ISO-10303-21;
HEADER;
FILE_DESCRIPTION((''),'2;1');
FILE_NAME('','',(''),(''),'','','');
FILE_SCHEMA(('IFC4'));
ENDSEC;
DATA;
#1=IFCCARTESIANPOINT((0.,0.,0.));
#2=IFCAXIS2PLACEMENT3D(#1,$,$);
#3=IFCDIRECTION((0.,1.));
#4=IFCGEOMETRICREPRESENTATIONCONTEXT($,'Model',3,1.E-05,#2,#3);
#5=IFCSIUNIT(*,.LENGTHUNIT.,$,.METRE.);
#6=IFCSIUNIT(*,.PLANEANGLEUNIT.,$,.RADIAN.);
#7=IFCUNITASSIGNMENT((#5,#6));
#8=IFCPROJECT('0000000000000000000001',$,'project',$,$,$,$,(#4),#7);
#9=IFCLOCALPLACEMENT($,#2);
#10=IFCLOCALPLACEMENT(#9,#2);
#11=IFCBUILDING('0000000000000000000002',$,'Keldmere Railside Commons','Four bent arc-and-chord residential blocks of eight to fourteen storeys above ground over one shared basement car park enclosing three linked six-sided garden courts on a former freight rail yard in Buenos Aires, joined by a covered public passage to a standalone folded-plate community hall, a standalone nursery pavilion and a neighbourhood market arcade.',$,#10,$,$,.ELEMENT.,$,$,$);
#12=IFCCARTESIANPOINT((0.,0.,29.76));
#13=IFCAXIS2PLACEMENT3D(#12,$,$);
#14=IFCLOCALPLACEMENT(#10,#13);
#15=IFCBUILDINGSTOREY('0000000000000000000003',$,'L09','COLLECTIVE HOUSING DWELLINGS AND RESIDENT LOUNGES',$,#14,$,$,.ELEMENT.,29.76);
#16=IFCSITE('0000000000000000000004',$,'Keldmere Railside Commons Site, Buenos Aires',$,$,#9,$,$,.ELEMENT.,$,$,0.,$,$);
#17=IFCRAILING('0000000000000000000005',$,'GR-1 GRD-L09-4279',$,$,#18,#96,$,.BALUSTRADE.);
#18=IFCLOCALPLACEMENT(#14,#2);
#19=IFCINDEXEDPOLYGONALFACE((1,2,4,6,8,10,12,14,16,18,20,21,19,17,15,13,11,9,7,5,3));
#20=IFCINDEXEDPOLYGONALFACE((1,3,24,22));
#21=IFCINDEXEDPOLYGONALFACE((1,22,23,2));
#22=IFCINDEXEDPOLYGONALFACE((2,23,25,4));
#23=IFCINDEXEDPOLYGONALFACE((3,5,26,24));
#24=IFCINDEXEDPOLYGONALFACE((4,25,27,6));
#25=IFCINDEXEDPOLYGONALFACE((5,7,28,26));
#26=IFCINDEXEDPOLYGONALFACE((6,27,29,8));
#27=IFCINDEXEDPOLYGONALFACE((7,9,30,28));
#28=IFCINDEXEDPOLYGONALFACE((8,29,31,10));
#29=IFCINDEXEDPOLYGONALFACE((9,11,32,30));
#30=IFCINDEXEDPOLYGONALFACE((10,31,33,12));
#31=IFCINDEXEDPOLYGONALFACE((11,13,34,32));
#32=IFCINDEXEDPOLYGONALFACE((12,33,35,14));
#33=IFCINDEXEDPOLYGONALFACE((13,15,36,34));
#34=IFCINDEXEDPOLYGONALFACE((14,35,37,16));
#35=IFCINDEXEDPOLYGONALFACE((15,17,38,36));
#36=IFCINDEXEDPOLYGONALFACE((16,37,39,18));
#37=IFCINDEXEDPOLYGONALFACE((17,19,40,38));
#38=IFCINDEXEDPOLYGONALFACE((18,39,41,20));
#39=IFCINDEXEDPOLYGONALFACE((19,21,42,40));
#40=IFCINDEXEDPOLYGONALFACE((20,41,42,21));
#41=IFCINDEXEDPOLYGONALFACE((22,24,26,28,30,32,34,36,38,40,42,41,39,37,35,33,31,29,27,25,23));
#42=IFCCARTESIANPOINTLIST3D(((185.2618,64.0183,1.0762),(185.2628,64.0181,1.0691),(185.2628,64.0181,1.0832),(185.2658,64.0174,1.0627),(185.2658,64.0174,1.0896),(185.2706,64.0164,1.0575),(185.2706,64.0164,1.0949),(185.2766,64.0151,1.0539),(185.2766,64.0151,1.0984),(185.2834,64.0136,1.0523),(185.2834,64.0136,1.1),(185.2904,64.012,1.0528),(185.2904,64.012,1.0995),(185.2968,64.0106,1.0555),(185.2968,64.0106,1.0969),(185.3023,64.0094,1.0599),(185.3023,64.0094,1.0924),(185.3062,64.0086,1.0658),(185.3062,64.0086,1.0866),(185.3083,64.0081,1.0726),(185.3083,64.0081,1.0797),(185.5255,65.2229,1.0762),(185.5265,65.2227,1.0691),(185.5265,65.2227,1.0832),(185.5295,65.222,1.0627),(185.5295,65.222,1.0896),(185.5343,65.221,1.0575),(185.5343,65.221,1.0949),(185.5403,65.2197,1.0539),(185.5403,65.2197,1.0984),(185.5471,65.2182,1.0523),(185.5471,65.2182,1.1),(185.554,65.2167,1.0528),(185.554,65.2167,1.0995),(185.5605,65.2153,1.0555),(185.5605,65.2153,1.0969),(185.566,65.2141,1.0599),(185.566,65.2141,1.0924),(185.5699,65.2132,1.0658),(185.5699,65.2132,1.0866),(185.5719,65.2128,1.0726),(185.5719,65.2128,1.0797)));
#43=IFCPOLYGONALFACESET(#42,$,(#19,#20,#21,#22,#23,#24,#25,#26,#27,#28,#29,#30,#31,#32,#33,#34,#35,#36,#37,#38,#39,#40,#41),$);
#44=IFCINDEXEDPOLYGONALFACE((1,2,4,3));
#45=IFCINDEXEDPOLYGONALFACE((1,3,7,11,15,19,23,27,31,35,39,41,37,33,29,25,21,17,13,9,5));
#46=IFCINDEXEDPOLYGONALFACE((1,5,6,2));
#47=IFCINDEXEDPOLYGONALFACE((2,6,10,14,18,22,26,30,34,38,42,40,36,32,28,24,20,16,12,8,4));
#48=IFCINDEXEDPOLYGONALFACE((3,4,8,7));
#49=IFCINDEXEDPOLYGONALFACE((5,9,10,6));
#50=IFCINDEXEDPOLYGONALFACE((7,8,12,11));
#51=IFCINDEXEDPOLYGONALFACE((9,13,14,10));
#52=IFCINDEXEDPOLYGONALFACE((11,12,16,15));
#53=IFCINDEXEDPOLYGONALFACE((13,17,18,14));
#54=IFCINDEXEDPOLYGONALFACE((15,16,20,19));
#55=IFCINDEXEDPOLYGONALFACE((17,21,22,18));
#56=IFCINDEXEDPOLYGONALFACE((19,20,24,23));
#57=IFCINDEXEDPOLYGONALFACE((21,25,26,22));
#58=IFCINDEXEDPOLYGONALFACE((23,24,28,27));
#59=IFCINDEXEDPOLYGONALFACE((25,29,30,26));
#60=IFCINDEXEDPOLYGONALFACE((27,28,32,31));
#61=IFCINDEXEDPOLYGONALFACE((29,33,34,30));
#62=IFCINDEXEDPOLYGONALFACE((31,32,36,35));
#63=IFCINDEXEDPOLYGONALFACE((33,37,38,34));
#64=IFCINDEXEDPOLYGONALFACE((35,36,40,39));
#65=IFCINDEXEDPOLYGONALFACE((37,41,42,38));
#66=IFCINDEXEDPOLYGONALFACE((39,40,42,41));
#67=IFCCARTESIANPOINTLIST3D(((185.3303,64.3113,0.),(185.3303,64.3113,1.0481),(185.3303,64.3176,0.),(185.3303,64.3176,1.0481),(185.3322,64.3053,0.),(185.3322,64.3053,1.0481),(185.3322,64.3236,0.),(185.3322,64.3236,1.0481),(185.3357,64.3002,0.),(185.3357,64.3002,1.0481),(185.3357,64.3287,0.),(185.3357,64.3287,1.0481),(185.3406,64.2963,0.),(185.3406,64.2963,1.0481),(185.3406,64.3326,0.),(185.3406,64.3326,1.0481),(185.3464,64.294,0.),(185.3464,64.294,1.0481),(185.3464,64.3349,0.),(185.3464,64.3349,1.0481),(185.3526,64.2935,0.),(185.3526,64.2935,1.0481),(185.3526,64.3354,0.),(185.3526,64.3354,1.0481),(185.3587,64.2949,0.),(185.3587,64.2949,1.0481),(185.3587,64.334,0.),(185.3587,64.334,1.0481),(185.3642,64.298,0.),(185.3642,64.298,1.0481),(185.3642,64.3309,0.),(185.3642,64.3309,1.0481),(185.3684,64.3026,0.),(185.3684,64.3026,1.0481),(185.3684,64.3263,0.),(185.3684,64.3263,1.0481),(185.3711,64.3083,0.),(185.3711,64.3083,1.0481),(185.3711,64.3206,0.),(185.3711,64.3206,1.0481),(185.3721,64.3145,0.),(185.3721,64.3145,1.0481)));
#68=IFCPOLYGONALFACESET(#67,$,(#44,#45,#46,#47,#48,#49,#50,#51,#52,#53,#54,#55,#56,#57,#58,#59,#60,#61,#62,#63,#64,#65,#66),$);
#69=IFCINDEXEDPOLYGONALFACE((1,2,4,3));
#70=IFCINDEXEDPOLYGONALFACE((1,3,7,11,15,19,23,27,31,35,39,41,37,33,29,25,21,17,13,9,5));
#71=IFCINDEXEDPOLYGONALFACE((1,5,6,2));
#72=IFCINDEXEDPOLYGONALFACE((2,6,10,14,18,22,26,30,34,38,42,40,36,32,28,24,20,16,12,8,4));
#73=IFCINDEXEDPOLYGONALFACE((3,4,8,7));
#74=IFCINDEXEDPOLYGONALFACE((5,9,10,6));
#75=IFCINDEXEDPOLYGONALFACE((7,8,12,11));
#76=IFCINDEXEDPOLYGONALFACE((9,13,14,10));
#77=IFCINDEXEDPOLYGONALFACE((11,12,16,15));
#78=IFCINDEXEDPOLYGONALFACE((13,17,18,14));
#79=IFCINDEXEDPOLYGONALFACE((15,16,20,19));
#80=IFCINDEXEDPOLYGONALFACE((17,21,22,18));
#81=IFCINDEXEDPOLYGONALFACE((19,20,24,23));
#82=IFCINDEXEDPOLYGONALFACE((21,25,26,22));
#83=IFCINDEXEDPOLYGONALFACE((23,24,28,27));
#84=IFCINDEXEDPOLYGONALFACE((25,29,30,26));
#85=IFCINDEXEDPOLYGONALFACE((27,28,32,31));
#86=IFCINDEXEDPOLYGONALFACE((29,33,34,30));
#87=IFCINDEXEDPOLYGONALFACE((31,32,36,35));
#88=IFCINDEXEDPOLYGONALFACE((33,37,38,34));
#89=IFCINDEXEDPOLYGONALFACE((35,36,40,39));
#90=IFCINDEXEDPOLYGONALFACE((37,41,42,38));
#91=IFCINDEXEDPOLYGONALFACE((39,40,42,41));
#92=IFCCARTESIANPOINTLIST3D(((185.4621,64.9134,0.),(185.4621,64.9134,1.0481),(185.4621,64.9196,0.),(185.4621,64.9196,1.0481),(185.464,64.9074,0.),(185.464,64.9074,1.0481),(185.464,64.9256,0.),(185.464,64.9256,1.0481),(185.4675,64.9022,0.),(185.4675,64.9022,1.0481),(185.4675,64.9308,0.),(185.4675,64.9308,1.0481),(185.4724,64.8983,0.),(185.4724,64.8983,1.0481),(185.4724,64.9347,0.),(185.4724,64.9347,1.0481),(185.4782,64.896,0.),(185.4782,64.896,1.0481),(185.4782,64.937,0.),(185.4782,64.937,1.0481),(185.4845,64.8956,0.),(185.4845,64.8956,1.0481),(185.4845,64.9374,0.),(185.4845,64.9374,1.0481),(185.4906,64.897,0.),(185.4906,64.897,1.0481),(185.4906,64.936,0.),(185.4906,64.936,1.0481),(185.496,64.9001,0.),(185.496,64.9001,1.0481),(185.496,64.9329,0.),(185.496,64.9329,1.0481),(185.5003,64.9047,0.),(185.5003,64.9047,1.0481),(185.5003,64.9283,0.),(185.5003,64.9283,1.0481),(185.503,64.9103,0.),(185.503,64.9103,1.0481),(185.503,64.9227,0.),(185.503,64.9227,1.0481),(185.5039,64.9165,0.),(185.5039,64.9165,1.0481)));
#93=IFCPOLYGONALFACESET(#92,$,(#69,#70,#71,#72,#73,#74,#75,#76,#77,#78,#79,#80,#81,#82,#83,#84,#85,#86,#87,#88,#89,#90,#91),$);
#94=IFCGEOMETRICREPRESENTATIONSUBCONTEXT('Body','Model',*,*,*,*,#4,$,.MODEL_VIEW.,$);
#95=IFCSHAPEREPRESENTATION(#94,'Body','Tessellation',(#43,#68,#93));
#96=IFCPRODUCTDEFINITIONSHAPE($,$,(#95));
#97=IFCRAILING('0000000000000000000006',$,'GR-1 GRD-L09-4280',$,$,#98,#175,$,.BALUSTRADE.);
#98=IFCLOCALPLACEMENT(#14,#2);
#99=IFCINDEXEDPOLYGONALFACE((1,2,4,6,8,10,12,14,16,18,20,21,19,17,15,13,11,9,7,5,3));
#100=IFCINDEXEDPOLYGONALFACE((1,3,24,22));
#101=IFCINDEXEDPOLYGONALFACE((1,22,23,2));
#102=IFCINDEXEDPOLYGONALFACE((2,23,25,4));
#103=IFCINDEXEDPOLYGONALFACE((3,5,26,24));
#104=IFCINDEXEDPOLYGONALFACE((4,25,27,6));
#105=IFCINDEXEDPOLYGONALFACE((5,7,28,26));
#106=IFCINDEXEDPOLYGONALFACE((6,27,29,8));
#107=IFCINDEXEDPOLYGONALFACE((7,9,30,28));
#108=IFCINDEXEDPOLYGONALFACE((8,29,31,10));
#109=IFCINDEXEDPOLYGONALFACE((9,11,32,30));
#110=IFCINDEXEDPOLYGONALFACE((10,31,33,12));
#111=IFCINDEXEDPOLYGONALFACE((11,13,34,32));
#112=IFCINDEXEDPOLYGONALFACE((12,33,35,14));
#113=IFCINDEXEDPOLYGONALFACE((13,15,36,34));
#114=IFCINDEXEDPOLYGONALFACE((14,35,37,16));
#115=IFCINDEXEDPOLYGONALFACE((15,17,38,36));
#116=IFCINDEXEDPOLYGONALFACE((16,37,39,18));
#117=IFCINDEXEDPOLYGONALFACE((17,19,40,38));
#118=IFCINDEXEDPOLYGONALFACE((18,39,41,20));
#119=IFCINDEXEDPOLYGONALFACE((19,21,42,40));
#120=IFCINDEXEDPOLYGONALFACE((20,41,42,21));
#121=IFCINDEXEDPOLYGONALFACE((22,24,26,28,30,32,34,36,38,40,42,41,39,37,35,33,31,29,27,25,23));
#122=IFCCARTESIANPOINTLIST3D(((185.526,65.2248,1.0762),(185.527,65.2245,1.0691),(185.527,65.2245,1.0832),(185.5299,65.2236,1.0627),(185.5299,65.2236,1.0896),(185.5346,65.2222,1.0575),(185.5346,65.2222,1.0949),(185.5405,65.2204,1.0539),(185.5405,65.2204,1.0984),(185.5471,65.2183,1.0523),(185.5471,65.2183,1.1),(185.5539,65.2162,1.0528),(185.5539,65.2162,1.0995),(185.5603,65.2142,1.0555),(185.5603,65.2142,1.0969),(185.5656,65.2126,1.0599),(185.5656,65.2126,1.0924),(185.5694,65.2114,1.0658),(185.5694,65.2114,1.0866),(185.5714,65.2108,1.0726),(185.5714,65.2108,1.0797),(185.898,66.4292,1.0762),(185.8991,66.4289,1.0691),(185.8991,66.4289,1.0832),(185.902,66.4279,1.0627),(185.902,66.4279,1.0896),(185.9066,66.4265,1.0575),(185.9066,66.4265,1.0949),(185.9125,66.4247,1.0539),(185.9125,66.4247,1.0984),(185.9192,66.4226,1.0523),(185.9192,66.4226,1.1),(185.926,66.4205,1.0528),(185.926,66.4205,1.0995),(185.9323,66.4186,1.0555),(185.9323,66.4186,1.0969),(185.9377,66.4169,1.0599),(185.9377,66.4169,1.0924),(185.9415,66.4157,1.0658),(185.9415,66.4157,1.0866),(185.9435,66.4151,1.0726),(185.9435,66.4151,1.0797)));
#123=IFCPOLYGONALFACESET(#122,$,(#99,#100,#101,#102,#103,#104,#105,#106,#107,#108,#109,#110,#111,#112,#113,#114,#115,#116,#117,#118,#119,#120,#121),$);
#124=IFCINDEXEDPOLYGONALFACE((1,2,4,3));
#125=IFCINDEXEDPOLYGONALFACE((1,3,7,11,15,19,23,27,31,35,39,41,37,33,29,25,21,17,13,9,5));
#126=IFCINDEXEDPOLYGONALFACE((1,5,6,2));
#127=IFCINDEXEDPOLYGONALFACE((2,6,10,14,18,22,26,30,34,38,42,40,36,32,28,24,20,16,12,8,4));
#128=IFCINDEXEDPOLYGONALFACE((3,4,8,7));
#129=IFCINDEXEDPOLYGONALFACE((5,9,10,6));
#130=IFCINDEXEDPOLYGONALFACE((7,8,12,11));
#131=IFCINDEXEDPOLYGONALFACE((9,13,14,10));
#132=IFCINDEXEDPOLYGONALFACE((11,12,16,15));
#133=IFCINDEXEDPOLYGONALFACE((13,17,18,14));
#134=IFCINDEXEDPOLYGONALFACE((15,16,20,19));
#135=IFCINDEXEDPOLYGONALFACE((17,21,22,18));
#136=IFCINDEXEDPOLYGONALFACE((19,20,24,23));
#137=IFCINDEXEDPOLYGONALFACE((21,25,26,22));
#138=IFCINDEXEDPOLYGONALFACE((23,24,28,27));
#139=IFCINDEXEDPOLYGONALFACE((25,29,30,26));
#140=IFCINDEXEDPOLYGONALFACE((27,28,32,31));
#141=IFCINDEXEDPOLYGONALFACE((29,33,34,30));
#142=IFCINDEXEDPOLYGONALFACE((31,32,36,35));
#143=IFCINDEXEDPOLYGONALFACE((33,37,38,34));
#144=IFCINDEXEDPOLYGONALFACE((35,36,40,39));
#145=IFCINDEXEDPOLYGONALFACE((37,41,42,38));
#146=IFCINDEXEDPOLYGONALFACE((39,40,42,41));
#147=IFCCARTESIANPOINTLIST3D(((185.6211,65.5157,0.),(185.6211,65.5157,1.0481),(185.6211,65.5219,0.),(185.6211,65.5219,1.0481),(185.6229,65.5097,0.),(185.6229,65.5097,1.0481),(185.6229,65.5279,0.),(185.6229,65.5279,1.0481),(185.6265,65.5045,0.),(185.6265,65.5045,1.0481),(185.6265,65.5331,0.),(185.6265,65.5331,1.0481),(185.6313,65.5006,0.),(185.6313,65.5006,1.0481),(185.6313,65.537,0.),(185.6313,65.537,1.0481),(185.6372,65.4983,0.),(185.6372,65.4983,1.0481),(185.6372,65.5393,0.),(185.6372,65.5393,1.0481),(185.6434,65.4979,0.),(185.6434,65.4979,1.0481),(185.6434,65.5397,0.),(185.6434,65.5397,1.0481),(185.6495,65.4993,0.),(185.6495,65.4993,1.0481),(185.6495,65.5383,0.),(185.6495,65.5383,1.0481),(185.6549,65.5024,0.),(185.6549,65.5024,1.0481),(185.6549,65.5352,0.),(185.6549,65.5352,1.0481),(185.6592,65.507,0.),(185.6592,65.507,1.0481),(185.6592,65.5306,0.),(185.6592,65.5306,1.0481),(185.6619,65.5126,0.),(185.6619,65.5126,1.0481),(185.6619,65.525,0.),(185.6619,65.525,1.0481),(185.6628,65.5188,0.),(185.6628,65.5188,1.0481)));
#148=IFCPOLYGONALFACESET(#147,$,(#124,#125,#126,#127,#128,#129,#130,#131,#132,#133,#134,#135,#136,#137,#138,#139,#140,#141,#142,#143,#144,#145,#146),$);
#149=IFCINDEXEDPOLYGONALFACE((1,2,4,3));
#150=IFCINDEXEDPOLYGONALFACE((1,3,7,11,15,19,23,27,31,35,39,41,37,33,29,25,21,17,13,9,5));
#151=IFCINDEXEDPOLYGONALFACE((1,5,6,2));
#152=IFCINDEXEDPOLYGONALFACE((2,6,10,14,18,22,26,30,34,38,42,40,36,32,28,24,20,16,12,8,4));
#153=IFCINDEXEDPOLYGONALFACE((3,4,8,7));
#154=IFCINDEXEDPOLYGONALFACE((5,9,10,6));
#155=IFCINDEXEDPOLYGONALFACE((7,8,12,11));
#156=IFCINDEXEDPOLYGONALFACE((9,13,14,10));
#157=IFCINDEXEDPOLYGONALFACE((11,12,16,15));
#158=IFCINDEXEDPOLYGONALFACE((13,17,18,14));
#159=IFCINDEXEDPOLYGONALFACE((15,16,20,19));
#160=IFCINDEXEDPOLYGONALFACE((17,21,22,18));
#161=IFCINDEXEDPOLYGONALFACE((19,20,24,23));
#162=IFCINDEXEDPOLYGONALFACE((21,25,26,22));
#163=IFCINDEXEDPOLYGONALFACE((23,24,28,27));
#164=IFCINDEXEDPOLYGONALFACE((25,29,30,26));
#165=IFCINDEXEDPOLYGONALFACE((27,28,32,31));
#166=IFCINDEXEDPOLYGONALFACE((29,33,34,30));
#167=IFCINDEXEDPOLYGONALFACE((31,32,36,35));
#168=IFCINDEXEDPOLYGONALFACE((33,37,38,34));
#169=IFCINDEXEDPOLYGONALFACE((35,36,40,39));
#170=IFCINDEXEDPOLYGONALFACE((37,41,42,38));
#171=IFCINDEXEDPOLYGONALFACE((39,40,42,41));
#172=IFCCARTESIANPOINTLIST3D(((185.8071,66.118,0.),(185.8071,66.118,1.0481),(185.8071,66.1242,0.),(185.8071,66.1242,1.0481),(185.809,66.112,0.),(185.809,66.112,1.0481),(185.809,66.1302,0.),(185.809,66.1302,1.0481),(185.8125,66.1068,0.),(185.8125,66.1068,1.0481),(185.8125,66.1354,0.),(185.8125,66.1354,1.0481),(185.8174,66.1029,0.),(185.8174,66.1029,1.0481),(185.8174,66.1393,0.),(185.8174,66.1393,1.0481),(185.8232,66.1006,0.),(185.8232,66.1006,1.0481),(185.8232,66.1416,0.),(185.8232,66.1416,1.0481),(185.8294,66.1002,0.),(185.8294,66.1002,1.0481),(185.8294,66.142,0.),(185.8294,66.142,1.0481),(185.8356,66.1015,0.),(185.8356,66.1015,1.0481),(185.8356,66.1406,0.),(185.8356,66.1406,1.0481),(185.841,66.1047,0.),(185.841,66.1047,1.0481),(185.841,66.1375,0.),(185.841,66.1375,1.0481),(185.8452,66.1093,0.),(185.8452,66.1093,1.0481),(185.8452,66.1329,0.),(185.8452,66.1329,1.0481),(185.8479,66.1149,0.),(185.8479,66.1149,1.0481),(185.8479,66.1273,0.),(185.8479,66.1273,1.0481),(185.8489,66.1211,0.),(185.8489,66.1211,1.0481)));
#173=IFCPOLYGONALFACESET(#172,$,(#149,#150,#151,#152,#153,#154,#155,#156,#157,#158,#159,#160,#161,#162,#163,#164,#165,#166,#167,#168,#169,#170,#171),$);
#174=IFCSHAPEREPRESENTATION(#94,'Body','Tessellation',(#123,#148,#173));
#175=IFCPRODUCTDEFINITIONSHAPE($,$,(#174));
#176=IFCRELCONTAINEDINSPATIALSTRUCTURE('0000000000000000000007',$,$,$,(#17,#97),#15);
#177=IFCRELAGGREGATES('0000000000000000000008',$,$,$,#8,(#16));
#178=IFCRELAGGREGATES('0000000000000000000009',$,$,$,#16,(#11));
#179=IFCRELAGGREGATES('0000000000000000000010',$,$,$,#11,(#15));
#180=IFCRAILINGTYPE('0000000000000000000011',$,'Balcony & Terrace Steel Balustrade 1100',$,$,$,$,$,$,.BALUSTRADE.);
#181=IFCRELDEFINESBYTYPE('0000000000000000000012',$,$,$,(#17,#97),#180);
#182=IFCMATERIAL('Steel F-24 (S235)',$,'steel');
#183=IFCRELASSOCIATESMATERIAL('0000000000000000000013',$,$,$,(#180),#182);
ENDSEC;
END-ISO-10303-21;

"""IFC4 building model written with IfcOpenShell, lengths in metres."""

from ifc_helpers import new_model, si_unit, direction, frame, origin, origin_2d, place, context, subcontext, project, spatial, circle, extrude, material, type_object, element, save


model = new_model("IFC4")

# Units and contexts
model_context = context("Model", 3, precision=1e-05, world=origin(), true_north=direction((0.0, 1.0)))
body_context = subcontext(model_context, "Body", "Model", "MODEL_VIEW")
ifc_project = project(units=[si_unit("LENGTHUNIT", "METRE"), si_unit("PLANEANGLEUNIT", "RADIAN")], contexts=[model_context])

# Site, building, storey
site_placement = place(None, origin())
site = spatial("IfcSite", under=ifc_project, at=site_placement, Name="Keldmere Railside Commons Site, Buenos Aires", CompositionType="ELEMENT", RefElevation=0.0)
building_placement = place(site_placement, origin())
building = spatial("IfcBuilding", under=site, at=building_placement, Name="Keldmere Railside Commons", Description="Four bent arc-and-chord residential blocks of eight to fourteen storeys above ground over one shared basement car park enclosing three linked six-sided garden courts on a former freight rail yard in Buenos Aires, joined by a covered public passage to a standalone folded-plate community hall, a standalone nursery pavilion and a neighbourhood market arcade.", CompositionType="ELEMENT")
storey_placement = place(building_placement, frame((0.0, 0.0, 29.76)))
storey = spatial("IfcBuildingStorey", under=building, at=storey_placement, Name="L09", Description="COLLECTIVE HOUSING DWELLINGS AND RESIDENT LOUNGES", CompositionType="ELEMENT", Elevation=29.76)

# Shared definitions
ifc_material_1 = material(Name="Steel F-24 (S235)", Category="steel")

# Railings
railing_type_1 = type_object("IfcRailingType", Name="Balcony & Terrace Steel Balustrade 1100", PredefinedType="BALUSTRADE", material=ifc_material_1)
railing_1_placement = place(storey_placement, frame((185.2852, 64.0132, 0.0)))
element("IfcRailing", 1, at=railing_1_placement, inside=storey, type_object=railing_type_1, Name="GR-1 GRD-L09-4279", PredefinedType="BALUSTRADE", context=body_context, shape_type="SweptSolid", body=[
    extrude(circle(Radius=0.0239, at=origin_2d()), frame((0.0, 0.0, 1.0762), z_axis=(0.213827, 0.976872, 0.0), x_axis=(-0.976872, 0.213827, 0.0)), (0.0, 0.0, 1.0), 1.2332),
    extrude(circle(Radius=0.021, at=origin_2d()), frame((0.0659, 0.3013, 0.0)), (0.0, 0.0, 1.0), 1.0481),
    extrude(circle(Radius=0.021, at=origin_2d()), frame((0.1978, 0.9033, 0.0)), (0.0, 0.0, 1.0), 1.0481),
])
railing_2_placement = place(storey_placement, frame((185.5488, 65.2178, 0.0)))
element("IfcRailing", 2, at=railing_2_placement, inside=storey, type_object=railing_type_1, Name="GR-1 GRD-L09-4280", PredefinedType="BALUSTRADE", context=body_context, shape_type="SweptSolid", body=[
    extrude(circle(Radius=0.0239, at=origin_2d()), frame((0.0, 0.0, 1.0762), z_axis=(0.295174, 0.955443, 0.0), x_axis=(-0.955443, 0.295174, 0.0)), (0.0, 0.0, 1.0), 1.2605),
    extrude(circle(Radius=0.021, at=origin_2d()), frame((0.093, 0.301, 0.0)), (0.0, 0.0, 1.0), 1.0481),
    extrude(circle(Radius=0.021, at=origin_2d()), frame((0.2791, 0.9033, 0.0)), (0.0, 0.0, 1.0), 1.0481),
])

save(model, "model.ifc")
